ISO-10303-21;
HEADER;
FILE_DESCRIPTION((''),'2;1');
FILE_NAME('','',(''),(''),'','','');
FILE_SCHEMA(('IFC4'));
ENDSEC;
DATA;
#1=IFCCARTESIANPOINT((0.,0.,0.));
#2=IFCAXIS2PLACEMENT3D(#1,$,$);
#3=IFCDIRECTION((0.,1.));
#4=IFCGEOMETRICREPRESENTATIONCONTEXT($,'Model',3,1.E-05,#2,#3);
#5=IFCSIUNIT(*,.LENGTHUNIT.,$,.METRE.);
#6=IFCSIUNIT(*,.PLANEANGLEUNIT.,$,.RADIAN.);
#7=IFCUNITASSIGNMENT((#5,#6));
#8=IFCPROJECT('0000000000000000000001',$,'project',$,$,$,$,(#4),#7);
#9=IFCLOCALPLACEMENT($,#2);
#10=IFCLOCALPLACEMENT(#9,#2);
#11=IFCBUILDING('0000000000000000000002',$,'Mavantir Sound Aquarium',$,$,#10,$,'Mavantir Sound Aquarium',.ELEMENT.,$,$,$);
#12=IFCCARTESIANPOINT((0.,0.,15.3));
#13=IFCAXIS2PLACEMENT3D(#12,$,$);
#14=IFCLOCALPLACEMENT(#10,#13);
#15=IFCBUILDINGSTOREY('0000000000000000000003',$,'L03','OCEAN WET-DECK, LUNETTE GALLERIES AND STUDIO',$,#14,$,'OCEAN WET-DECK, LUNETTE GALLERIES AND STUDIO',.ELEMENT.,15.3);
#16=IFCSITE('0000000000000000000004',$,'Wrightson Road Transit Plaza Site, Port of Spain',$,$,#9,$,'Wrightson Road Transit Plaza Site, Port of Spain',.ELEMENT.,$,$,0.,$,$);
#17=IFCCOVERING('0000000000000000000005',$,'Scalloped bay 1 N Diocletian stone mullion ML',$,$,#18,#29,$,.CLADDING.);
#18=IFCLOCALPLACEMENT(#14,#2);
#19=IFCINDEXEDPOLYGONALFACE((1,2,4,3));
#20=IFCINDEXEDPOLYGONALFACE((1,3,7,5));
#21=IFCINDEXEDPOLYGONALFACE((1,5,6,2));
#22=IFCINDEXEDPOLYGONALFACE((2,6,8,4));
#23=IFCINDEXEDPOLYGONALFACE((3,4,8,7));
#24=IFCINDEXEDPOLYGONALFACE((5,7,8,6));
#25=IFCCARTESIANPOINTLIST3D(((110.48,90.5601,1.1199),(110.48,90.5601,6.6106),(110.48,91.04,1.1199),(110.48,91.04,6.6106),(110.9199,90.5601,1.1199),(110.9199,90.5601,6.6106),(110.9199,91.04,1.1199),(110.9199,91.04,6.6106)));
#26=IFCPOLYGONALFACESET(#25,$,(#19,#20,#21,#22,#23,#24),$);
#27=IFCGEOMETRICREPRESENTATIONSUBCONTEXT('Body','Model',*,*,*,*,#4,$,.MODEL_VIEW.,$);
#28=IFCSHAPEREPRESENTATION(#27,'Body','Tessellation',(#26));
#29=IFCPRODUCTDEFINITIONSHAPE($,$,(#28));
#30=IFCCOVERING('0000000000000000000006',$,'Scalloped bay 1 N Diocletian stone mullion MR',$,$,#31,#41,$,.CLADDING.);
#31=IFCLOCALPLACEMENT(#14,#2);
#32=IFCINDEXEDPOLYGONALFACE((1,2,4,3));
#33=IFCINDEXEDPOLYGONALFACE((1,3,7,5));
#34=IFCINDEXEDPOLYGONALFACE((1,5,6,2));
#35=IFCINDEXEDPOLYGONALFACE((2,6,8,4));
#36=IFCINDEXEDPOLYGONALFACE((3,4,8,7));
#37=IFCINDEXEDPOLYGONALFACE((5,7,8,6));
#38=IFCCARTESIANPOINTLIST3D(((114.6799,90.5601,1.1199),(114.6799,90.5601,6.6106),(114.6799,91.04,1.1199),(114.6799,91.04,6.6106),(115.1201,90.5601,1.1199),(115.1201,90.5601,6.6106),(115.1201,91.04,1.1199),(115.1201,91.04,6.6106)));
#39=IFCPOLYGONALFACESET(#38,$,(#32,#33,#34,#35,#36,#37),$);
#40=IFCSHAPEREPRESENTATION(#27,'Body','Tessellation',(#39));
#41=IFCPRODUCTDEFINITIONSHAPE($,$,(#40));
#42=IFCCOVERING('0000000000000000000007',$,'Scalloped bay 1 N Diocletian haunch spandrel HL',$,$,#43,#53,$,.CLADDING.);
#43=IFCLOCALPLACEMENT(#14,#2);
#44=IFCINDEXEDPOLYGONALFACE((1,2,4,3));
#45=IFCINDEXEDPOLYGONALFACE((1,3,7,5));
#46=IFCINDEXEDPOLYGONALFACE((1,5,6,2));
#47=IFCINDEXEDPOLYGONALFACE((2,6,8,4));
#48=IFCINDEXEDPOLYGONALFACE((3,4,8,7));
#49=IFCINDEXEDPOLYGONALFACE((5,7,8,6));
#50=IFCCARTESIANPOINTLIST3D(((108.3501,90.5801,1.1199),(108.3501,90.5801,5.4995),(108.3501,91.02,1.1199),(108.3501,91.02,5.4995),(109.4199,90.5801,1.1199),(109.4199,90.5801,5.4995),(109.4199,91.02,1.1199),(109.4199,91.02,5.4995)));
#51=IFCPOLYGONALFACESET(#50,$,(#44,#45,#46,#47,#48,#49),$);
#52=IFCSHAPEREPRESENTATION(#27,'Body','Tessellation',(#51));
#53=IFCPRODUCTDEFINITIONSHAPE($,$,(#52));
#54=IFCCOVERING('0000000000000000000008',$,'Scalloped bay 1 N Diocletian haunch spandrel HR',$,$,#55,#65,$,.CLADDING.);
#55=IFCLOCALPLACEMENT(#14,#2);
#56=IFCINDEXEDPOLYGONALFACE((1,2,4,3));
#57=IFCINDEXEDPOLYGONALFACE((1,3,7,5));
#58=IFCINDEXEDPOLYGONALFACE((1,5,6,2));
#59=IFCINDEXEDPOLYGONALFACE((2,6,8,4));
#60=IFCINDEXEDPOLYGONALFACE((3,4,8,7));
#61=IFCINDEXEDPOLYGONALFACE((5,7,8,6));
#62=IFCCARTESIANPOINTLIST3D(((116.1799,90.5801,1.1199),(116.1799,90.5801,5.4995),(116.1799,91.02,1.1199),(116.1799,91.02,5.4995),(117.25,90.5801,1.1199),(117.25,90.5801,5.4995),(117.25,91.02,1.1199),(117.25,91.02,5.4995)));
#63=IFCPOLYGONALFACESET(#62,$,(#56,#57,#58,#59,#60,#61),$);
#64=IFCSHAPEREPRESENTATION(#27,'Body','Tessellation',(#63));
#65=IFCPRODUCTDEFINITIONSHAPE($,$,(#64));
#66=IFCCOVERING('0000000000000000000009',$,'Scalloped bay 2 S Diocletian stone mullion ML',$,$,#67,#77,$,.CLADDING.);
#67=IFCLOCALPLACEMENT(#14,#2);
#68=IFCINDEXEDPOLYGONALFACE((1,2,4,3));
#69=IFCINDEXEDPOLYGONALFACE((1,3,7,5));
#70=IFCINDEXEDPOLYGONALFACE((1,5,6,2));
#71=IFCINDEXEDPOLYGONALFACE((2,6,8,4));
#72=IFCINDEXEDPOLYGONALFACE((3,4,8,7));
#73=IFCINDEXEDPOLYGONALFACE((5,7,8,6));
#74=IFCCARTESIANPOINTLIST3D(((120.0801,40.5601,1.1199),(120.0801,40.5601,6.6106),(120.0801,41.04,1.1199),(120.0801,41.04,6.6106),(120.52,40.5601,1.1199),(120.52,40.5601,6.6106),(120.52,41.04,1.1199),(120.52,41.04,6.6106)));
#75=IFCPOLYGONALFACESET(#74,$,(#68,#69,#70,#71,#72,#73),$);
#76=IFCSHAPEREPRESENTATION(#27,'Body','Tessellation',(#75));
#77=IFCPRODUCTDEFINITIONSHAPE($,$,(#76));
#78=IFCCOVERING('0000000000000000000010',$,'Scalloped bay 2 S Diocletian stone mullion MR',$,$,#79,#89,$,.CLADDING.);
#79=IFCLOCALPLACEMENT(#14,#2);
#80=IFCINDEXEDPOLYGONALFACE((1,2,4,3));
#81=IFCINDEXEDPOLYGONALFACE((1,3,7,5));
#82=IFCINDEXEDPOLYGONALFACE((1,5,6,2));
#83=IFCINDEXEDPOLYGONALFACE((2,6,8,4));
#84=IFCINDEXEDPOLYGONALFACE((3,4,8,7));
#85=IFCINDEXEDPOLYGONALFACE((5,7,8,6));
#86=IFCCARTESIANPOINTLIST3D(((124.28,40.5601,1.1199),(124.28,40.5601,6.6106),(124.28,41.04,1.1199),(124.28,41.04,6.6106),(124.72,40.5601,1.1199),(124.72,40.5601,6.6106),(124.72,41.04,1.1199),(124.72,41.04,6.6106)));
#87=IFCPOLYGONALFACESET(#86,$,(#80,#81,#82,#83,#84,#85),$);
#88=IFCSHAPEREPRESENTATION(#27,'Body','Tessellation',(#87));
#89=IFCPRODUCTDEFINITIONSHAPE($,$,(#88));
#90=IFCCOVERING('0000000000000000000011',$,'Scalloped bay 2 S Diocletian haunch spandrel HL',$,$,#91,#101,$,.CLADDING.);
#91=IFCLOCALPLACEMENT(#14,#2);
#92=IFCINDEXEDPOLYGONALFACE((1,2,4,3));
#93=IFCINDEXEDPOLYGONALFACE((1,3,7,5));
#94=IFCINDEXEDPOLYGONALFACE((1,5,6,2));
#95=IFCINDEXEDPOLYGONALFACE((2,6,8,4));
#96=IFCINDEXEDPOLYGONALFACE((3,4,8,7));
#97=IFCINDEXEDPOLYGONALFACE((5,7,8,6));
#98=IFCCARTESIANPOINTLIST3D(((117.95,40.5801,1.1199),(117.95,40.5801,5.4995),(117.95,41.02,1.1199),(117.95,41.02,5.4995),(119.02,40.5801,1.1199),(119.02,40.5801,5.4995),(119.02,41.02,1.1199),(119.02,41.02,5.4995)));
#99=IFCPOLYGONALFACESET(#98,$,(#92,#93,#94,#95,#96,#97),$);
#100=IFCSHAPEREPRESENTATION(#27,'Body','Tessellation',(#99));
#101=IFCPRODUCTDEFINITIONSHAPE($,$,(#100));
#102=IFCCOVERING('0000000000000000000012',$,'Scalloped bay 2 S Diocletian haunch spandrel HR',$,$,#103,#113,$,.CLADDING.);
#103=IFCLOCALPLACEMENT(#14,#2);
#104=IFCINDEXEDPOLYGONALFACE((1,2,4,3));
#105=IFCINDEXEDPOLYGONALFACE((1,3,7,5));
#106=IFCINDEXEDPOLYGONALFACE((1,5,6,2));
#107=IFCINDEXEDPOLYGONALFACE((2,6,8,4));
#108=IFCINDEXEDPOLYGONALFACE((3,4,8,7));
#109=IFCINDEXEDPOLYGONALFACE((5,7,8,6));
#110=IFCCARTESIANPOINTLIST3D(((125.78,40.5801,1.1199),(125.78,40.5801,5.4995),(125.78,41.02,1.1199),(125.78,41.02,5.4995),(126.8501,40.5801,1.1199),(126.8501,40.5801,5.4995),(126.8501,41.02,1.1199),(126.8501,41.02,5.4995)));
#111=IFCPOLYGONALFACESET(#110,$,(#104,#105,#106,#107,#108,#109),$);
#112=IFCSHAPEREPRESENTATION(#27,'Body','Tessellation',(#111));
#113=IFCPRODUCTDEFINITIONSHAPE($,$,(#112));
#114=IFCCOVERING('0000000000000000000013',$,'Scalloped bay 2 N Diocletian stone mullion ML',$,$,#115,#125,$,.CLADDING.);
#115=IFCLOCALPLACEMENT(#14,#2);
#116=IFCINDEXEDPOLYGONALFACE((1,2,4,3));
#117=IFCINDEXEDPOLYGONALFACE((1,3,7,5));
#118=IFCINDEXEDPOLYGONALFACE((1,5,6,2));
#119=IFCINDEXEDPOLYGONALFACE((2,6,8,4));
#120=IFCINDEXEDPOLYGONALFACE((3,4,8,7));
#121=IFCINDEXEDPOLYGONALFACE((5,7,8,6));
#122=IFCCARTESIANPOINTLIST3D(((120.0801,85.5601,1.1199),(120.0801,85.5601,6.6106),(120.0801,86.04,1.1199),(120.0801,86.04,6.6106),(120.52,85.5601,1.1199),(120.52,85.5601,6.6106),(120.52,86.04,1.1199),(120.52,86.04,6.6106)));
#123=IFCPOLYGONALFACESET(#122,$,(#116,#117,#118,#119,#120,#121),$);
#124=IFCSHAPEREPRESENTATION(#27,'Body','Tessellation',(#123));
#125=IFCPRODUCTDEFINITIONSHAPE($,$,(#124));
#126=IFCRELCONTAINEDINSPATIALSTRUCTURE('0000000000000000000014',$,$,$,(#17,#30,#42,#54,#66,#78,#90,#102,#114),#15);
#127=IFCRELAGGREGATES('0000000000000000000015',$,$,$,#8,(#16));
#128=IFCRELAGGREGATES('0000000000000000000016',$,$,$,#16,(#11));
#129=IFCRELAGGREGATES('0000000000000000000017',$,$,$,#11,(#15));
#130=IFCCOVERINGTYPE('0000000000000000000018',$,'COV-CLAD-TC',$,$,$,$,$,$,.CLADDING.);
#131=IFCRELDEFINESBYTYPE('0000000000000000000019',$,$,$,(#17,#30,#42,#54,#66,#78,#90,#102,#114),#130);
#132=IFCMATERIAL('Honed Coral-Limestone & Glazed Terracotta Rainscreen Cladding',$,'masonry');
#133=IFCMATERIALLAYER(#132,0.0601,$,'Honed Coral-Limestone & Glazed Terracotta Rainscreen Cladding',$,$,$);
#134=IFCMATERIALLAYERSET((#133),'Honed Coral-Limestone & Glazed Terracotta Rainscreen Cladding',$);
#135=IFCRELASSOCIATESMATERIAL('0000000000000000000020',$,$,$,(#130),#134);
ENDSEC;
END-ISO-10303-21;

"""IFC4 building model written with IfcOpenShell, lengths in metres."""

from ifc_helpers import new_model, si_unit, direction, frame, origin, place, context, subcontext, project, spatial, polyline, outline, extrude, material, layer, layer_set, type_object, element, save


model = new_model("IFC4")

# Units and contexts
model_context = context("Model", 3, precision=1e-05, world=origin(), true_north=direction((0.0, 1.0)))
body_context = subcontext(model_context, "Body", "Model", "MODEL_VIEW")
ifc_project = project(units=[si_unit("LENGTHUNIT", "METRE"), si_unit("PLANEANGLEUNIT", "RADIAN")], contexts=[model_context])

# Site, building, storey
site_placement = place(None, origin())
site = spatial("IfcSite", under=ifc_project, at=site_placement, Name="Wrightson Road Transit Plaza Site, Port of Spain", LongName="Wrightson Road Transit Plaza Site, Port of Spain", CompositionType="ELEMENT", RefElevation=0.0)
building_placement = place(site_placement, origin())
building = spatial("IfcBuilding", under=site, at=building_placement, Name="Mavantir Sound Aquarium", LongName="Mavantir Sound Aquarium", CompositionType="ELEMENT")
storey_placement = place(building_placement, frame((0.0, 0.0, 15.3)))
storey = spatial("IfcBuildingStorey", under=building, at=storey_placement, Name="L03", Description="OCEAN WET-DECK, LUNETTE GALLERIES AND STUDIO", LongName="OCEAN WET-DECK, LUNETTE GALLERIES AND STUDIO", CompositionType="ELEMENT", Elevation=15.3)

# Coverings
ifc_material = material(Name="Honed Coral-Limestone & Glazed Terracotta Rainscreen Cladding", Category="masonry")
ifc_layer = layer(ifc_material, 0.0601, Name="Honed Coral-Limestone & Glazed Terracotta Rainscreen Cladding")
ifc_layer_set = layer_set([ifc_layer], Name="Honed Coral-Limestone & Glazed Terracotta Rainscreen Cladding")
covering_type = type_object("IfcCoveringType", Name="COV-CLAD-TC", PredefinedType="CLADDING", material=ifc_layer_set)
covering_1_placement = place(storey_placement, frame((0.0, 0.0, 1.1199)))
element("IfcCovering", 1, at=covering_1_placement, inside=storey, type_object=covering_type, Name="Scalloped bay 1 N Diocletian stone mullion ML", PredefinedType="CLADDING", context=body_context, shape_type="SweptSolid", body=[
    extrude(outline(polyline([(110.48, 90.5601), (110.9199, 90.5601), (110.9199, 91.04), (110.48, 91.04), (110.48, 90.5601)])), origin(), (0.0, 0.0, 1.0), 5.4907),
])
covering_2_placement = place(storey_placement, frame((0.0, 0.0, 1.1199)))
element("IfcCovering", 2, at=covering_2_placement, inside=storey, type_object=covering_type, Name="Scalloped bay 1 N Diocletian stone mullion MR", PredefinedType="CLADDING", context=body_context, shape_type="SweptSolid", body=[
    extrude(outline(polyline([(114.6799, 90.5601), (115.1201, 90.5601), (115.1201, 91.04), (114.6799, 91.04), (114.6799, 90.5601)])), origin(), (0.0, 0.0, 1.0), 5.4907),
])
covering_3_placement = place(storey_placement, frame((0.0, 0.0, 1.1199)))
element("IfcCovering", 3, at=covering_3_placement, inside=storey, type_object=covering_type, Name="Scalloped bay 1 N Diocletian haunch spandrel HL", PredefinedType="CLADDING", context=body_context, shape_type="SweptSolid", body=[
    extrude(outline(polyline([(108.3501, 90.5801), (109.4199, 90.5801), (109.4199, 91.02), (108.3501, 91.02), (108.3501, 90.5801)])), origin(), (0.0, 0.0, 1.0), 4.3796),
])
covering_4_placement = place(storey_placement, frame((0.0, 0.0, 1.1199)))
element("IfcCovering", 4, at=covering_4_placement, inside=storey, type_object=covering_type, Name="Scalloped bay 1 N Diocletian haunch spandrel HR", PredefinedType="CLADDING", context=body_context, shape_type="SweptSolid", body=[
    extrude(outline(polyline([(116.1799, 90.5801), (117.25, 90.5801), (117.25, 91.02), (116.1799, 91.02), (116.1799, 90.5801)])), origin(), (0.0, 0.0, 1.0), 4.3796),
])
covering_5_placement = place(storey_placement, frame((0.0, 0.0, 1.1199)))
element("IfcCovering", 5, at=covering_5_placement, inside=storey, type_object=covering_type, Name="Scalloped bay 2 S Diocletian stone mullion ML", PredefinedType="CLADDING", context=body_context, shape_type="SweptSolid", body=[
    extrude(outline(polyline([(120.0801, 40.5601), (120.52, 40.5601), (120.52, 41.04), (120.0801, 41.04), (120.0801, 40.5601)])), origin(), (0.0, 0.0, 1.0), 5.4907),
])
covering_6_placement = place(storey_placement, frame((0.0, 0.0, 1.1199)))
element("IfcCovering", 6, at=covering_6_placement, inside=storey, type_object=covering_type, Name="Scalloped bay 2 S Diocletian stone mullion MR", PredefinedType="CLADDING", context=body_context, shape_type="SweptSolid", body=[
    extrude(outline(polyline([(124.28, 40.5601), (124.72, 40.5601), (124.72, 41.04), (124.28, 41.04), (124.28, 40.5601)])), origin(), (0.0, 0.0, 1.0), 5.4907),
])
covering_7_placement = place(storey_placement, frame((0.0, 0.0, 1.1199)))
element("IfcCovering", 7, at=covering_7_placement, inside=storey, type_object=covering_type, Name="Scalloped bay 2 S Diocletian haunch spandrel HL", PredefinedType="CLADDING", context=body_context, shape_type="SweptSolid", body=[
    extrude(outline(polyline([(117.95, 40.5801), (119.02, 40.5801), (119.02, 41.02), (117.95, 41.02), (117.95, 40.5801)])), origin(), (0.0, 0.0, 1.0), 4.3796),
])
covering_8_placement = place(storey_placement, frame((0.0, 0.0, 1.1199)))
element("IfcCovering", 8, at=covering_8_placement, inside=storey, type_object=covering_type, Name="Scalloped bay 2 S Diocletian haunch spandrel HR", PredefinedType="CLADDING", context=body_context, shape_type="SweptSolid", body=[
    extrude(outline(polyline([(125.78, 40.5801), (126.8501, 40.5801), (126.8501, 41.02), (125.78, 41.02), (125.78, 40.5801)])), origin(), (0.0, 0.0, 1.0), 4.3796),
])
covering_9_placement = place(storey_placement, frame((0.0, 0.0, 1.1199)))
element("IfcCovering", 9, at=covering_9_placement, inside=storey, type_object=covering_type, Name="Scalloped bay 2 N Diocletian stone mullion ML", PredefinedType="CLADDING", context=body_context, shape_type="SweptSolid", body=[
    extrude(outline(polyline([(120.0801, 85.5601), (120.52, 85.5601), (120.52, 86.04), (120.0801, 86.04), (120.0801, 85.5601)])), origin(), (0.0, 0.0, 1.0), 5.4907),
])

save(model, "model.ifc")
